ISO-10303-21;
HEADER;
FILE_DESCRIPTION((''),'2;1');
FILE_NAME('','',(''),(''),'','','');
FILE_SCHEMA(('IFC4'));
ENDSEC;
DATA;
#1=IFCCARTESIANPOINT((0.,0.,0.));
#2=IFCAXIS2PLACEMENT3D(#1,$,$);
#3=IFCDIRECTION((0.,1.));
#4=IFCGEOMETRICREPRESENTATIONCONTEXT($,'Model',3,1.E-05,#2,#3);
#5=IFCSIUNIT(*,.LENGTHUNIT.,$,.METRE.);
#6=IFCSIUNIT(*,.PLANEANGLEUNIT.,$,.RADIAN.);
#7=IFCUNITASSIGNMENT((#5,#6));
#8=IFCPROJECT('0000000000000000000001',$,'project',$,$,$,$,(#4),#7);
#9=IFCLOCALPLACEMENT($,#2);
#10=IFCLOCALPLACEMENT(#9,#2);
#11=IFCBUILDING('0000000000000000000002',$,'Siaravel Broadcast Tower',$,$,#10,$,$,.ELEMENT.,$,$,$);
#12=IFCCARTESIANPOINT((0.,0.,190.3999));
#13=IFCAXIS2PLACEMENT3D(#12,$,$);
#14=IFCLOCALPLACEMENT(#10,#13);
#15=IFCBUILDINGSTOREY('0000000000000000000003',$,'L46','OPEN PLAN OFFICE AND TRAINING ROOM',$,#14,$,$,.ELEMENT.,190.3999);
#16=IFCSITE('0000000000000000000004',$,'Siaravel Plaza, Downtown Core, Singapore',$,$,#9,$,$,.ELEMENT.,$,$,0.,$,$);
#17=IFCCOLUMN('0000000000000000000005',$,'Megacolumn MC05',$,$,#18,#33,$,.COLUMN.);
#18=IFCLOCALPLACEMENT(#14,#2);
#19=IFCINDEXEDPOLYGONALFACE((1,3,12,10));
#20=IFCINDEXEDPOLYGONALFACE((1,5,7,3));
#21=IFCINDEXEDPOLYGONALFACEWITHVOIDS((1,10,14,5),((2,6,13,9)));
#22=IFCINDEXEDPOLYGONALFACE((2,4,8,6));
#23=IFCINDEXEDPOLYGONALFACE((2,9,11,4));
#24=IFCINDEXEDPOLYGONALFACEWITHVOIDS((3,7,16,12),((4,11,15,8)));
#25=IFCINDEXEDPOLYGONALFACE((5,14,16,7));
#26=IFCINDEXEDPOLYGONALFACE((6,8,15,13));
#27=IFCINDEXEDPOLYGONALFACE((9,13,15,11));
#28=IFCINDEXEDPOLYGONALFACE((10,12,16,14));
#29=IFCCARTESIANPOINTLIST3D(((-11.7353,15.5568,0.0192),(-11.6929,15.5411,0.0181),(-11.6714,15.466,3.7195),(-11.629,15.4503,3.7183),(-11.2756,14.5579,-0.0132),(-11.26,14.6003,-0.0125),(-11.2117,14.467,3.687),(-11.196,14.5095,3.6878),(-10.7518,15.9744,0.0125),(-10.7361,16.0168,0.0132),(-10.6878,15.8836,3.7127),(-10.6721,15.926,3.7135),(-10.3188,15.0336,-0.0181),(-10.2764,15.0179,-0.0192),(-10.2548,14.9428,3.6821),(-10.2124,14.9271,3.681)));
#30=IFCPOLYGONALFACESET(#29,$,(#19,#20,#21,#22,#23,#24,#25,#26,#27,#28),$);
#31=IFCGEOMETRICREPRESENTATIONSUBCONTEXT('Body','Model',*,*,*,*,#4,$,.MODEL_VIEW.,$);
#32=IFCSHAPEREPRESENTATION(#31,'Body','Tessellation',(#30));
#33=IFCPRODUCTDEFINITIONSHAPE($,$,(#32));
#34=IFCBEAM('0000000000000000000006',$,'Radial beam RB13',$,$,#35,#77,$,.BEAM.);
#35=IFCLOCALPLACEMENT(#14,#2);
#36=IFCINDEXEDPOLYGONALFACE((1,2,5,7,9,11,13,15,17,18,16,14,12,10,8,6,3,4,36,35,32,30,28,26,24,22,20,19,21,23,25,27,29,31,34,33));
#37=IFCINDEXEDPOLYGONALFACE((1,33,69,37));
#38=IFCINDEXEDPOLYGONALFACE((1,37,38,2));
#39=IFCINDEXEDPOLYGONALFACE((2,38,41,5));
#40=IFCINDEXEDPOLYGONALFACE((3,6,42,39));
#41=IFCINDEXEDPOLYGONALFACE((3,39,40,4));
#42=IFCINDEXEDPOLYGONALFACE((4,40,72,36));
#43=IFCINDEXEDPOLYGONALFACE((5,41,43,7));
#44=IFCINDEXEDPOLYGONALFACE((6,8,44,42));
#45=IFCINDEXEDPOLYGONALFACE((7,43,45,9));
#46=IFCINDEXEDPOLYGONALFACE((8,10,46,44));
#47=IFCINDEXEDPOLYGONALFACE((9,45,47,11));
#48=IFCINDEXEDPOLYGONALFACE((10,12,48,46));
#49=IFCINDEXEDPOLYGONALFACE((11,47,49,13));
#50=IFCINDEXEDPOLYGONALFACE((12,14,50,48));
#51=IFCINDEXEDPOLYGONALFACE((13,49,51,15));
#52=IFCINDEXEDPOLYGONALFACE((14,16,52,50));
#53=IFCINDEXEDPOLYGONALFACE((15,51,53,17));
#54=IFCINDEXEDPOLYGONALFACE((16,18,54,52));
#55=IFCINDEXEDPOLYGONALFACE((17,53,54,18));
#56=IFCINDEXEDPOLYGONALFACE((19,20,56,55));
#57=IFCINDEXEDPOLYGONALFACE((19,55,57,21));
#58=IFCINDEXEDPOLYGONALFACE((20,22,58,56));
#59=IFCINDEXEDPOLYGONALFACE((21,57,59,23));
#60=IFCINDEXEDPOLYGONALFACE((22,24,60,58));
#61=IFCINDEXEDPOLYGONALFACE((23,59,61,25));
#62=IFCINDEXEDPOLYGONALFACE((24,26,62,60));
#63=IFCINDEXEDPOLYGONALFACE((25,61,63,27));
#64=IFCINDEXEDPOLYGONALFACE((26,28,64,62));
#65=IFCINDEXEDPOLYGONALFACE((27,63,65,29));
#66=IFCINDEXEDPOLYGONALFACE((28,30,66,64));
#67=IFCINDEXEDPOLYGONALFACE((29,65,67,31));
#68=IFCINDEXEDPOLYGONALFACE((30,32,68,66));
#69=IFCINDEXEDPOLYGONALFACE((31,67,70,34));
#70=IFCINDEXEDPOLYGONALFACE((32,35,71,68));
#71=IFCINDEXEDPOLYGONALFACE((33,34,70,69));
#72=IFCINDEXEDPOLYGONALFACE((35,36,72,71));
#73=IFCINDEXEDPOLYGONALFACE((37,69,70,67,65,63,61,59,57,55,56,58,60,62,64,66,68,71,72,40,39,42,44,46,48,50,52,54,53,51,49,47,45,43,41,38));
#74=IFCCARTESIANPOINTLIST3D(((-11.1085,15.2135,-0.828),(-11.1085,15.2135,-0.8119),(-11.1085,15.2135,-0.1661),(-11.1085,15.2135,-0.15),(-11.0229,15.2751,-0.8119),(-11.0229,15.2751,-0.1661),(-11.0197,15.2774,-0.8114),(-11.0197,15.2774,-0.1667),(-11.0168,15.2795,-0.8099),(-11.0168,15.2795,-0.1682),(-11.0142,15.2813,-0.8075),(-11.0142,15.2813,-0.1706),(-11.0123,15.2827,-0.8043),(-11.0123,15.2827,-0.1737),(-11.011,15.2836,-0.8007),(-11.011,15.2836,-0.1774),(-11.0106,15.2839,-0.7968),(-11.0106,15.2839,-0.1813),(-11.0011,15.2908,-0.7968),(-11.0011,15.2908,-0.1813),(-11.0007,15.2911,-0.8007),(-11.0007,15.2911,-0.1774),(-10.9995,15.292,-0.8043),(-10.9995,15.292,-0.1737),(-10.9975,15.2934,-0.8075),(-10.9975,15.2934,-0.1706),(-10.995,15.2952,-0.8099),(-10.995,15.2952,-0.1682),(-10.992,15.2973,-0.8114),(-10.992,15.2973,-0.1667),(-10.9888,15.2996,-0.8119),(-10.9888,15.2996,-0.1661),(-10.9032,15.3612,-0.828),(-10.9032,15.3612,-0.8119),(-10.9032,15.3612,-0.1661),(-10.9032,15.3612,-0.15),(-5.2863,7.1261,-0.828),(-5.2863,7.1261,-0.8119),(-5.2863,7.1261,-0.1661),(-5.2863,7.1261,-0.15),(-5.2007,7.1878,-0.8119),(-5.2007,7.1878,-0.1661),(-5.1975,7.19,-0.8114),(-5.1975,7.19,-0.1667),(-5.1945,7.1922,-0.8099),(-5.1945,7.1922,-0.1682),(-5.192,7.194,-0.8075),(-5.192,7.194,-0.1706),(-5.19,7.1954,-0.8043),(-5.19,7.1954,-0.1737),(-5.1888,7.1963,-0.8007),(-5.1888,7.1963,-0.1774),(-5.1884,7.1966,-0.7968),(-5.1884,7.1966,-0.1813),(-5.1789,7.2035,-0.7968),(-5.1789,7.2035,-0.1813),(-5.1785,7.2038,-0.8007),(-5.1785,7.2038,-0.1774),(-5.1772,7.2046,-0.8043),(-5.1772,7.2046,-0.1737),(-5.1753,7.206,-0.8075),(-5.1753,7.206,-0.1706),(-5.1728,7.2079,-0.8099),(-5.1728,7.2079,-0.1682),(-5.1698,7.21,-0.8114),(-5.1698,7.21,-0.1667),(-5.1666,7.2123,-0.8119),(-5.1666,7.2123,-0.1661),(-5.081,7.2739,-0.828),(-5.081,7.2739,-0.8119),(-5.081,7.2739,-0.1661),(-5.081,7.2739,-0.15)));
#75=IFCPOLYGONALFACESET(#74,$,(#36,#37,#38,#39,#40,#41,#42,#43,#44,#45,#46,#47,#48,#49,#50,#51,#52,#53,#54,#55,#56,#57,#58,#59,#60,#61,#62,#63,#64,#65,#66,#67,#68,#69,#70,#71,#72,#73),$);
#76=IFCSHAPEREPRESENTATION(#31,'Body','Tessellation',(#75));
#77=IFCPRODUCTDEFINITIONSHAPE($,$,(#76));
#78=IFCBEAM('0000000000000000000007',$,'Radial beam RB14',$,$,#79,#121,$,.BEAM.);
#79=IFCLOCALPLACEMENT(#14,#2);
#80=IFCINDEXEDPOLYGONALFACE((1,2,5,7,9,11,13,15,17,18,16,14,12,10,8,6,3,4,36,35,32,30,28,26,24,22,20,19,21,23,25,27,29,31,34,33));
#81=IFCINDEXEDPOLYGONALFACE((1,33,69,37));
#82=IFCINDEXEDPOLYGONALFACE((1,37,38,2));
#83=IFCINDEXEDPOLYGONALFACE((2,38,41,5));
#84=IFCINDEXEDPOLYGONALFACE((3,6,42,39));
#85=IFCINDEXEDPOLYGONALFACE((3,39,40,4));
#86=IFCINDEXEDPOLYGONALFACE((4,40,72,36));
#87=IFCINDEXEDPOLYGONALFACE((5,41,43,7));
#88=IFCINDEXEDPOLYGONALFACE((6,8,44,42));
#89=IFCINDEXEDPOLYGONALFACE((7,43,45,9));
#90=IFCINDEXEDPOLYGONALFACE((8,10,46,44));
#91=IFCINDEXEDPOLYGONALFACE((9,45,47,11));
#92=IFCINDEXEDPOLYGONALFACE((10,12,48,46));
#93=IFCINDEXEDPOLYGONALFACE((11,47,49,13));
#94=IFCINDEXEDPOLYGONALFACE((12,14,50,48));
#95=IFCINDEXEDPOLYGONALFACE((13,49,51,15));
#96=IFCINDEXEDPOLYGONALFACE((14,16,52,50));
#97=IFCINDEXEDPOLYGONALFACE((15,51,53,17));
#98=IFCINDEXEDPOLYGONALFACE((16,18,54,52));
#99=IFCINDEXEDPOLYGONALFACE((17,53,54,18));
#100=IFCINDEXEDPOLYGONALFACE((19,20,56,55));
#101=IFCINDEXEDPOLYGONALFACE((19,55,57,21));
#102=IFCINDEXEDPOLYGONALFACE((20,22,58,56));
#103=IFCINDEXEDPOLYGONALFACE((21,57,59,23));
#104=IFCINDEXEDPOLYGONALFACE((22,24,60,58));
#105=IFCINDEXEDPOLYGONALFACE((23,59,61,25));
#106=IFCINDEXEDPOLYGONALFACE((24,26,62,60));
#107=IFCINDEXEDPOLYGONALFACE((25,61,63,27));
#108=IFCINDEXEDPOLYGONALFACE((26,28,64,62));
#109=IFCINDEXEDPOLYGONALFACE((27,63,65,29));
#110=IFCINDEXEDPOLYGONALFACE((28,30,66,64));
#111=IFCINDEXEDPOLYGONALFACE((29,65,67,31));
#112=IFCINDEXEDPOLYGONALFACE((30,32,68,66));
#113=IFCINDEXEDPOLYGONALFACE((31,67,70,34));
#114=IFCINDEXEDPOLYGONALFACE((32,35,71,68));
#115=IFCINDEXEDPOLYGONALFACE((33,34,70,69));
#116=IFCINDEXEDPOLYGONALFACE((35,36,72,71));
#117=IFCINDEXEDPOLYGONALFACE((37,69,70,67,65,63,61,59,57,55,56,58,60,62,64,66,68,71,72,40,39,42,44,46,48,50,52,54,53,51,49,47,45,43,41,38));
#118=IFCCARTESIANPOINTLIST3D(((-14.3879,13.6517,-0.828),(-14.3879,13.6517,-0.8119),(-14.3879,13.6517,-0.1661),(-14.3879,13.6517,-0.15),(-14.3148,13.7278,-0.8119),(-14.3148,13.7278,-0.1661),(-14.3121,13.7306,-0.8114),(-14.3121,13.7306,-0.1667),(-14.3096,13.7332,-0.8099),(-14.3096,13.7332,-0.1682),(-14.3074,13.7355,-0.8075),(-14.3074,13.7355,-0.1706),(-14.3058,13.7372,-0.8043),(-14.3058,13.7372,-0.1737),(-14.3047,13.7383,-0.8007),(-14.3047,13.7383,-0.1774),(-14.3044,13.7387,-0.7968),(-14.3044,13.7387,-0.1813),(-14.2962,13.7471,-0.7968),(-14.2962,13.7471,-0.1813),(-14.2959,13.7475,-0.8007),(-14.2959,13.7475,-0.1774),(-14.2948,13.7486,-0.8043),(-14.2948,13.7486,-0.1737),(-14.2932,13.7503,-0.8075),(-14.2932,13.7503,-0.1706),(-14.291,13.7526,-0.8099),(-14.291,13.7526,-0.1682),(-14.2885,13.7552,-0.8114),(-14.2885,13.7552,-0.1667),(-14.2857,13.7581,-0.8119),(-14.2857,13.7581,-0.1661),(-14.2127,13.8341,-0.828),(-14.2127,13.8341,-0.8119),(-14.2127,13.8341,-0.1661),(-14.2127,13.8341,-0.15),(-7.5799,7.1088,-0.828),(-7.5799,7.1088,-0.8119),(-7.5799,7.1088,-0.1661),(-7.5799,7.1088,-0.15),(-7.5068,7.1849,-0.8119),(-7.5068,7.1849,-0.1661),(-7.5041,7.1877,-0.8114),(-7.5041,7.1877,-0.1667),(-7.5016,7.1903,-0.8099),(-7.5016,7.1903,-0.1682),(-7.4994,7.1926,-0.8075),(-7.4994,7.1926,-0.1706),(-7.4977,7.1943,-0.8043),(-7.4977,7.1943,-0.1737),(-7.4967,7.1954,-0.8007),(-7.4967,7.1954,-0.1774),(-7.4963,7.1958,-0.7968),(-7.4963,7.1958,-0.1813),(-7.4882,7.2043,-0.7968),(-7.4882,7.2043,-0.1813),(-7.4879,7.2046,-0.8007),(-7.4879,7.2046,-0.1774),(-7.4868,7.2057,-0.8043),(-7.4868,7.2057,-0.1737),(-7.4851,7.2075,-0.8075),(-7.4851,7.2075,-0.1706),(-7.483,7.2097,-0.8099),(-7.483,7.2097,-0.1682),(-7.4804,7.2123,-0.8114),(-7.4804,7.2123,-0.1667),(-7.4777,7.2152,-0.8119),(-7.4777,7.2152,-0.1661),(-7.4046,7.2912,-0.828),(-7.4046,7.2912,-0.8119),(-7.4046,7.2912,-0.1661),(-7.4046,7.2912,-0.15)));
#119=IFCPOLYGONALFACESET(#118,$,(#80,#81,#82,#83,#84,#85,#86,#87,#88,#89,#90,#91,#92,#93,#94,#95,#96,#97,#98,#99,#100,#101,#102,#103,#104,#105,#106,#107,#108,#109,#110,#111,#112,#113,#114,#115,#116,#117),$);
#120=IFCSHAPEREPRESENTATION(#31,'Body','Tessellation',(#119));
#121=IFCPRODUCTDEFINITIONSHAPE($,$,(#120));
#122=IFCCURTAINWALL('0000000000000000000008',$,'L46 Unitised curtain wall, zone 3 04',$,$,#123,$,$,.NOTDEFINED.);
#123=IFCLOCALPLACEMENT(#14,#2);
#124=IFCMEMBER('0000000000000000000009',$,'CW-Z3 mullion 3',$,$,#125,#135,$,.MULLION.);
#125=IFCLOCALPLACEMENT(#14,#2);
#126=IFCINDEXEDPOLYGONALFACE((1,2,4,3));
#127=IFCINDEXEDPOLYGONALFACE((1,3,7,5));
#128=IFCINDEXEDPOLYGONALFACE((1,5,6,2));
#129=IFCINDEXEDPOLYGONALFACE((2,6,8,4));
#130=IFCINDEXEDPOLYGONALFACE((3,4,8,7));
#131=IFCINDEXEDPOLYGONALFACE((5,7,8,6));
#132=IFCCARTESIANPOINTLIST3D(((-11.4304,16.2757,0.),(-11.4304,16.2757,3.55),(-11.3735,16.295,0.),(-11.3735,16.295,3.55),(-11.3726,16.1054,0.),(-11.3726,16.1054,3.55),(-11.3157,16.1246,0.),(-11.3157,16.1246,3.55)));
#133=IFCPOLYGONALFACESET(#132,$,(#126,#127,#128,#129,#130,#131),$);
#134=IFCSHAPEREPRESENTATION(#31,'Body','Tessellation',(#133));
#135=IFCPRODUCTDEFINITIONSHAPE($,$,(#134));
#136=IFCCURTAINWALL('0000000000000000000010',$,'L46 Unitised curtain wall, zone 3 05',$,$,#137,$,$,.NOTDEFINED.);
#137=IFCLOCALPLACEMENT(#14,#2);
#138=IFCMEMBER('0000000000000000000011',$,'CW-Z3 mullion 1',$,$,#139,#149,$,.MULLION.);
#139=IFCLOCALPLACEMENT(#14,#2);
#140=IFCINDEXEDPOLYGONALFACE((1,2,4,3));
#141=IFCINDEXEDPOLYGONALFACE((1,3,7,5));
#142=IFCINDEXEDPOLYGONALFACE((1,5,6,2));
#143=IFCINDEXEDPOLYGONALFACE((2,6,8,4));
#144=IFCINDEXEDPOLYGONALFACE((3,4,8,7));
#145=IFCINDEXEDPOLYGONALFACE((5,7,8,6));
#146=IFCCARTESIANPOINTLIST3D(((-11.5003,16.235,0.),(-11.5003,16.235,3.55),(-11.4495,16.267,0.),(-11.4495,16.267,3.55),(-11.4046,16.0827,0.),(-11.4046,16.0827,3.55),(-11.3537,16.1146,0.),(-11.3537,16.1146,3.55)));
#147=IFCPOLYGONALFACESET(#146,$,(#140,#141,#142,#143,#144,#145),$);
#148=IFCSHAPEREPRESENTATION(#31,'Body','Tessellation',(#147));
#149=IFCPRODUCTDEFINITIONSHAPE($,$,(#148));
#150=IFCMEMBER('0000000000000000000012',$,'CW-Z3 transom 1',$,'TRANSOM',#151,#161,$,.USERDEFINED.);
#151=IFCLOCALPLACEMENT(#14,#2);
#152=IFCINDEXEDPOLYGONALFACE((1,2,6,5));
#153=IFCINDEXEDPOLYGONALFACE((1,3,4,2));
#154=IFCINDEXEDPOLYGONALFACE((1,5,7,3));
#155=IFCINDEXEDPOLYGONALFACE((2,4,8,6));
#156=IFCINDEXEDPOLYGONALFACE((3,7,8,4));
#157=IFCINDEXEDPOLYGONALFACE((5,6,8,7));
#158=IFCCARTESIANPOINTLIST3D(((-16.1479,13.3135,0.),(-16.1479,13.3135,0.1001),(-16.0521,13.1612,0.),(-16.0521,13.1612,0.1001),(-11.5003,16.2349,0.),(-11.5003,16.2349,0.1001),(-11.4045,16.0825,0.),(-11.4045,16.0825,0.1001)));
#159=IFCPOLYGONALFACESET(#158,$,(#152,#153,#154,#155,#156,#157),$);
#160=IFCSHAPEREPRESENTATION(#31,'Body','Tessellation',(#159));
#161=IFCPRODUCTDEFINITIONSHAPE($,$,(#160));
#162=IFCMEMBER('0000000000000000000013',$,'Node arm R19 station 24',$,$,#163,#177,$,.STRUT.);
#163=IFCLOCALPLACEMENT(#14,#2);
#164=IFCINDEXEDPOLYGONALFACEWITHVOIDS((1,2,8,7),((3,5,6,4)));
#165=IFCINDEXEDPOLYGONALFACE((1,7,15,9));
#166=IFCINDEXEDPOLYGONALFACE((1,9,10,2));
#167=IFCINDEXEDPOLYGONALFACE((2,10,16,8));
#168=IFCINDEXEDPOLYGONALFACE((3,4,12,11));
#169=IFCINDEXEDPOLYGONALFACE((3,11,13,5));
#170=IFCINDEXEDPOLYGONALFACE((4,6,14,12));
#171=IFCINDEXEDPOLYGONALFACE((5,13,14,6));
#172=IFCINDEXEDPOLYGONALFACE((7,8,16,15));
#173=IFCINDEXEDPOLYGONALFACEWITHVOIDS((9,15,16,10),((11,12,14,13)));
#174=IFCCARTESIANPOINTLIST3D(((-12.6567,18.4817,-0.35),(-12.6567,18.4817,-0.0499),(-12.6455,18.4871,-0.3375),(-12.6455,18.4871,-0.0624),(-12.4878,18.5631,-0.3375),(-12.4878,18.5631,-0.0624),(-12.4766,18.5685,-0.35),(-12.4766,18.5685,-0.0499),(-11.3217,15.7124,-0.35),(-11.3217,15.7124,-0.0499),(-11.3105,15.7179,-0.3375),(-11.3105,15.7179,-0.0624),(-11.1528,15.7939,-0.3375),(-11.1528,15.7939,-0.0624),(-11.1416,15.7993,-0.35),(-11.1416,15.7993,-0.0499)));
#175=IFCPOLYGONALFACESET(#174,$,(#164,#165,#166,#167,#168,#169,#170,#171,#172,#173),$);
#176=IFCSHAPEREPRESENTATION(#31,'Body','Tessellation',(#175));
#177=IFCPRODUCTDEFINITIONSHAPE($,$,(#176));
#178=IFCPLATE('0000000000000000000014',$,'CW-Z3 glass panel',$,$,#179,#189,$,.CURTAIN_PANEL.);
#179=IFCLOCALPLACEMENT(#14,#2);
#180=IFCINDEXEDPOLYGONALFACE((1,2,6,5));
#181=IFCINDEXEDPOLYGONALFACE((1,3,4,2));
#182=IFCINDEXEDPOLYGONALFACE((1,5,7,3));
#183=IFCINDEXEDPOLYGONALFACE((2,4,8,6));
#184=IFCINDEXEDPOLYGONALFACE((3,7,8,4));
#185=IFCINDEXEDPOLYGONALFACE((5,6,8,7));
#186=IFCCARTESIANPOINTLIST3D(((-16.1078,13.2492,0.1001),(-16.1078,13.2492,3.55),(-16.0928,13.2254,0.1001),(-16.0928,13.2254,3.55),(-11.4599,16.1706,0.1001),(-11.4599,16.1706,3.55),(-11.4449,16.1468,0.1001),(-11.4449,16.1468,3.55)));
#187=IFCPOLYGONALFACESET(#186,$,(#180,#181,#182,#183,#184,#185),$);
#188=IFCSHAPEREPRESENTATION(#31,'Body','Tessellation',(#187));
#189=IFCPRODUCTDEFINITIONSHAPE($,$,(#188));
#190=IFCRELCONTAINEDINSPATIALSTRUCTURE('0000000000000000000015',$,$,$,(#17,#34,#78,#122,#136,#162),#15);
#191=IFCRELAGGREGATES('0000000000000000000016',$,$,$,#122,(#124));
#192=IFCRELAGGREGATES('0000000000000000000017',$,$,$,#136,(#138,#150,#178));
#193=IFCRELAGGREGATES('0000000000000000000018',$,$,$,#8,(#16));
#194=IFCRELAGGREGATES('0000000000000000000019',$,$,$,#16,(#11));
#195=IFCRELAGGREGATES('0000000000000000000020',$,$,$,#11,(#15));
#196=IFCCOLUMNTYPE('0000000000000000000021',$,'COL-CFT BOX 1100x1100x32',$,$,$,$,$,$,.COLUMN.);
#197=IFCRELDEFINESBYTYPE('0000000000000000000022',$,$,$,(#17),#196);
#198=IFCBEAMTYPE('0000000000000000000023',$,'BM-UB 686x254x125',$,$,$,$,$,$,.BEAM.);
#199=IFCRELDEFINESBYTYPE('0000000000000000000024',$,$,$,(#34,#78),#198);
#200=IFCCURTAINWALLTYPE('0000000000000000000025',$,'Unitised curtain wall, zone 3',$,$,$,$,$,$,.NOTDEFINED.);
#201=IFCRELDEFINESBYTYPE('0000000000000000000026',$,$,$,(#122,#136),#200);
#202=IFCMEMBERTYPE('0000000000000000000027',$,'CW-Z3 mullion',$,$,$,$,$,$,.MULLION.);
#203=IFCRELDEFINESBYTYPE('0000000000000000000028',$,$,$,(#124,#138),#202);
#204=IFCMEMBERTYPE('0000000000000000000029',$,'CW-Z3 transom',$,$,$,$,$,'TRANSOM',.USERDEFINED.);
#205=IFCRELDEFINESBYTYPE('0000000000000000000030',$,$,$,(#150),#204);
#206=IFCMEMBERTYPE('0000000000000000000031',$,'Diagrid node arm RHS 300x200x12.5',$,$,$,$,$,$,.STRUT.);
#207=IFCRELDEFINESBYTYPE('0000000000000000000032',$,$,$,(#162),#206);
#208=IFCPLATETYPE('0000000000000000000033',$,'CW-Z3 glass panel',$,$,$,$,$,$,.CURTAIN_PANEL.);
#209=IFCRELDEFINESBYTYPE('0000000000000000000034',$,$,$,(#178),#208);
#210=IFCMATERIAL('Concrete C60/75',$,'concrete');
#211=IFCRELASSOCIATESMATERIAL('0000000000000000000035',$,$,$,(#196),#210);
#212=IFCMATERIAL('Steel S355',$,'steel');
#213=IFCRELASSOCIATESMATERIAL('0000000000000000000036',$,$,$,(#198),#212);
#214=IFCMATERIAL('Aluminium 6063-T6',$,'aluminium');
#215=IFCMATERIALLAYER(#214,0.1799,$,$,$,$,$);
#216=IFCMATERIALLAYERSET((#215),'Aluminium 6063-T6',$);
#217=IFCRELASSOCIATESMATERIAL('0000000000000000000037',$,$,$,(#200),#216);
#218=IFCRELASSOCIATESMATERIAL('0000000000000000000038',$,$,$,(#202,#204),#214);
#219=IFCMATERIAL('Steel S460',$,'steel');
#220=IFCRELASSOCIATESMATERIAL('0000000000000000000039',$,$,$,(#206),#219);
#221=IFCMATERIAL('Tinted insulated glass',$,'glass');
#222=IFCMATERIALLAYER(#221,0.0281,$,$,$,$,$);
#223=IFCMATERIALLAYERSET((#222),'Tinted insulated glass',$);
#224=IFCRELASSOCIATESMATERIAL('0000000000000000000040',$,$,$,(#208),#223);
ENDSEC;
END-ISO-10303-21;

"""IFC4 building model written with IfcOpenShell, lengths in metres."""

from ifc_helpers import new_model, si_unit, direction, frame, origin, origin_2d, place, context, subcontext, project, spatial, rectangle, hollow_rectangle, i_section, extrude, material, layer, layer_set, material_profile, profile_set, type_object, element, aggregate, save


model = new_model("IFC4")

# Units and contexts
model_context = context("Model", 3, precision=1e-05, world=origin(), true_north=direction((0.0, 1.0)))
body_context = subcontext(model_context, "Body", "Model", "MODEL_VIEW")
ifc_project = project(units=[si_unit("LENGTHUNIT", "METRE"), si_unit("PLANEANGLEUNIT", "RADIAN")], contexts=[model_context])

# Site, building, storey
site_placement = place(None, origin())
site = spatial("IfcSite", under=ifc_project, at=site_placement, Name="Siaravel Plaza, Downtown Core, Singapore", CompositionType="ELEMENT", RefElevation=0.0)
building_placement = place(site_placement, origin())
building = spatial("IfcBuilding", under=site, at=building_placement, Name="Siaravel Broadcast Tower", CompositionType="ELEMENT")
storey_placement = place(building_placement, frame((0.0, 0.0, 190.3999)))
storey = spatial("IfcBuildingStorey", under=building, at=storey_placement, Name="L46", Description="OPEN PLAN OFFICE AND TRAINING ROOM", CompositionType="ELEMENT", Elevation=190.3999)

# Column
ifc_material_1 = material(Name="Concrete C60/75", Category="concrete")
ifc_material_profile_1 = material_profile(ifc_material_1, hollow_rectangle(XDim=1.1001, YDim=1.1001, WallThickness=0.032, at=origin_2d()))
ifc_profile_set_1 = profile_set([ifc_material_profile_1], Name="Concrete C60/75")
column_type = type_object("IfcColumnType", Name="COL-CFT BOX 1100x1100x32", PredefinedType="COLUMN", material=ifc_profile_set_1)
column_placement = place(storey_placement, frame((-11.0059, 15.2874, 0.0), z_axis=(0.017279, -0.024534, 0.99955), x_axis=(0.908344, 0.418189, -0.005438)))
element("IfcColumn", 1, at=column_placement, inside=storey, type_object=column_type, Name="Megacolumn MC05", PredefinedType="COLUMN", context=body_context, shape_type="SweptSolid", body=[
    extrude(hollow_rectangle(XDim=1.1001, YDim=1.1001, WallThickness=0.032, at=origin_2d()), origin(), (0.0, 0.0, 1.0), 3.7019),
])

# Beams
ifc_material_2 = material(Name="Steel S355", Category="steel")
ifc_material_profile_2 = material_profile(ifc_material_2, i_section(OverallWidth=0.2529, OverallDepth=0.678, WebThickness=0.0117, FlangeThickness=0.0161, FilletRadius=0.0151, at=origin_2d()))
ifc_profile_set_2 = profile_set([ifc_material_profile_2], Name="Steel S355")
beam_type = type_object("IfcBeamType", Name="BM-UB 686x254x125", PredefinedType="BEAM", material=ifc_profile_set_2)
beam_1_placement = place(storey_placement, frame((-11.0059, 15.2874, -0.489), z_axis=(0.584261, -0.811566, 0.0), x_axis=(0.811566, 0.584261, 0.0)))
element("IfcBeam", 2, at=beam_1_placement, inside=storey, type_object=beam_type, Name="Radial beam RB13", PredefinedType="BEAM", context=body_context, shape_type="SweptSolid", body=[
    extrude(i_section(OverallWidth=0.2529, OverallDepth=0.678, WebThickness=0.0117, FlangeThickness=0.0161, FilletRadius=0.0151, at=origin_2d()), origin(), (0.0, 0.0, 1.0), 9.9651),
])
beam_2_placement = place(storey_placement, frame((-14.3003, 13.7429, -0.489), z_axis=(0.721007, -0.692928, 0.0), x_axis=(0.692928, 0.721007, 0.0)))
element("IfcBeam", 3, at=beam_2_placement, inside=storey, type_object=beam_type, Name="Radial beam RB14", PredefinedType="BEAM", context=body_context, shape_type="SweptSolid", body=[
    extrude(i_section(OverallWidth=0.2529, OverallDepth=0.678, WebThickness=0.0117, FlangeThickness=0.0161, FilletRadius=0.0151, at=origin_2d()), origin(), (0.0, 0.0, 1.0), 9.4424),
])

# Curtain wall, member
ifc_material_3 = material(Name="Aluminium 6063-T6", Category="aluminium")
ifc_layer_1 = layer(ifc_material_3, 0.1799)
ifc_layer_set_1 = layer_set([ifc_layer_1], Name="Aluminium 6063-T6")
curtain_wall_type = type_object("IfcCurtainWallType", Name="Unitised curtain wall, zone 3", PredefinedType="NOTDEFINED", material=ifc_layer_set_1)
curtain_wall_1_placement = place(storey_placement, origin())
curtain_wall_1 = element("IfcCurtainWall", 4, at=curtain_wall_1_placement, inside=storey, type_object=curtain_wall_type, Name="L46 Unitised curtain wall, zone 3 04", PredefinedType="NOTDEFINED")
ifc_material_profile_3 = material_profile(ifc_material_3, rectangle(XDim=0.1799, YDim=0.0601, at=origin_2d()))
ifc_profile_set_3 = profile_set([ifc_material_profile_3], Name="Aluminium 6063-T6")
member_type_1 = type_object("IfcMemberType", Name="CW-Z3 mullion", PredefinedType="MULLION", material=ifc_profile_set_3)
member_1_placement = place(storey_placement, frame((-11.373, 16.2002, 0.0), z_axis=(0.0, 0.0, 1.0), x_axis=(0.3213, -0.946977, 0.0)))
member_1 = element("IfcMember", 5, at=member_1_placement, type_object=member_type_1, Name="CW-Z3 mullion 3", PredefinedType="MULLION", context=body_context, shape_type="SweptSolid", body=[
    extrude(rectangle(XDim=0.1799, YDim=0.0601, at=origin_2d()), origin(), (0.0, 0.0, 1.0), 3.55),
])
aggregate(curtain_wall_1, [member_1])

# Curtain wall, members
curtain_wall_2_placement = place(storey_placement, origin())
curtain_wall_2 = element("IfcCurtainWall", 6, at=curtain_wall_2_placement, inside=storey, type_object=curtain_wall_type, Name="L46 Unitised curtain wall, zone 3 05", PredefinedType="NOTDEFINED")
member_2_placement = place(storey_placement, frame((-11.427, 16.1748, 0.0), z_axis=(0.0, 0.0, 1.0), x_axis=(0.532149, -0.846651, 0.0)))
member_2 = element("IfcMember", 7, at=member_2_placement, type_object=member_type_1, Name="CW-Z3 mullion 1", PredefinedType="MULLION", context=body_context, shape_type="SweptSolid", body=[
    extrude(rectangle(XDim=0.1799, YDim=0.0601, at=origin_2d()), origin(), (0.0, 0.0, 1.0), 3.55),
])
ifc_material_profile_4 = material_profile(ifc_material_3, rectangle(XDim=0.1799, YDim=0.1001, at=origin_2d()))
ifc_profile_set_4 = profile_set([ifc_material_profile_4], Name="Aluminium 6063-T6")
member_type_2 = type_object("IfcMemberType", Name="CW-Z3 transom", ElementType="TRANSOM", PredefinedType="USERDEFINED", material=ifc_profile_set_4)
member_3_placement = place(storey_placement, frame((-11.4524, 16.1587, 0.05), z_axis=(-0.846639, -0.532168, 0.0), x_axis=(0.532168, -0.846639, 0.0)))
member_3 = element("IfcMember", 8, at=member_3_placement, type_object=member_type_2, Name="CW-Z3 transom 1", ObjectType="TRANSOM", PredefinedType="USERDEFINED", context=body_context, shape_type="SweptSolid", body=[
    extrude(rectangle(XDim=0.1799, YDim=0.1001, at=origin_2d()), origin(), (0.0, 0.0, 1.0), 5.4895),
])

# Member
ifc_material_4 = material(Name="Steel S460", Category="steel")
ifc_material_profile_5 = material_profile(ifc_material_4, hollow_rectangle(XDim=0.2, YDim=0.3, WallThickness=0.0125, at=origin_2d()))
ifc_profile_set_5 = profile_set([ifc_material_profile_5], Name="Steel S460")
member_type_3 = type_object("IfcMemberType", Name="Diagrid node arm RHS 300x200x12.5", PredefinedType="STRUT", material=ifc_profile_set_5)
member_4_placement = place(storey_placement, frame((-11.2317, 15.7559, -0.2), z_axis=(-0.434238, 0.900798, 0.0), x_axis=(-0.900798, -0.434238, 0.0)))
element("IfcMember", 9, at=member_4_placement, inside=storey, type_object=member_type_3, Name="Node arm R19 station 24", PredefinedType="STRUT", context=body_context, shape_type="SweptSolid", body=[
    extrude(hollow_rectangle(XDim=0.2, YDim=0.3, WallThickness=0.0125, at=origin_2d()), origin(), (0.0, 0.0, 1.0), 3.0742),
])

# Plate
ifc_material_5 = material(Name="Tinted insulated glass", Category="glass")
ifc_layer_2 = layer(ifc_material_5, 0.0281)
ifc_layer_set_2 = layer_set([ifc_layer_2], Name="Tinted insulated glass")
plate_type = type_object("IfcPlateType", Name="CW-Z3 glass panel", PredefinedType="CURTAIN_PANEL", material=ifc_layer_set_2)
plate_placement = place(storey_placement, frame((-13.7764, 14.698, 0.1001), z_axis=(0.0, 0.0, 1.0), x_axis=(-0.846651, -0.532149, 0.0)))
plate = element("IfcPlate", 10, at=plate_placement, type_object=plate_type, Name="CW-Z3 glass panel", PredefinedType="CURTAIN_PANEL", context=body_context, shape_type="SweptSolid", body=[
    extrude(rectangle(XDim=5.4897, YDim=0.0281, at=origin_2d()), origin(), (0.0, 0.0, 1.0), 3.45),
])
aggregate(curtain_wall_2, [member_2, member_3, plate])

save(model, "model.ifc")
